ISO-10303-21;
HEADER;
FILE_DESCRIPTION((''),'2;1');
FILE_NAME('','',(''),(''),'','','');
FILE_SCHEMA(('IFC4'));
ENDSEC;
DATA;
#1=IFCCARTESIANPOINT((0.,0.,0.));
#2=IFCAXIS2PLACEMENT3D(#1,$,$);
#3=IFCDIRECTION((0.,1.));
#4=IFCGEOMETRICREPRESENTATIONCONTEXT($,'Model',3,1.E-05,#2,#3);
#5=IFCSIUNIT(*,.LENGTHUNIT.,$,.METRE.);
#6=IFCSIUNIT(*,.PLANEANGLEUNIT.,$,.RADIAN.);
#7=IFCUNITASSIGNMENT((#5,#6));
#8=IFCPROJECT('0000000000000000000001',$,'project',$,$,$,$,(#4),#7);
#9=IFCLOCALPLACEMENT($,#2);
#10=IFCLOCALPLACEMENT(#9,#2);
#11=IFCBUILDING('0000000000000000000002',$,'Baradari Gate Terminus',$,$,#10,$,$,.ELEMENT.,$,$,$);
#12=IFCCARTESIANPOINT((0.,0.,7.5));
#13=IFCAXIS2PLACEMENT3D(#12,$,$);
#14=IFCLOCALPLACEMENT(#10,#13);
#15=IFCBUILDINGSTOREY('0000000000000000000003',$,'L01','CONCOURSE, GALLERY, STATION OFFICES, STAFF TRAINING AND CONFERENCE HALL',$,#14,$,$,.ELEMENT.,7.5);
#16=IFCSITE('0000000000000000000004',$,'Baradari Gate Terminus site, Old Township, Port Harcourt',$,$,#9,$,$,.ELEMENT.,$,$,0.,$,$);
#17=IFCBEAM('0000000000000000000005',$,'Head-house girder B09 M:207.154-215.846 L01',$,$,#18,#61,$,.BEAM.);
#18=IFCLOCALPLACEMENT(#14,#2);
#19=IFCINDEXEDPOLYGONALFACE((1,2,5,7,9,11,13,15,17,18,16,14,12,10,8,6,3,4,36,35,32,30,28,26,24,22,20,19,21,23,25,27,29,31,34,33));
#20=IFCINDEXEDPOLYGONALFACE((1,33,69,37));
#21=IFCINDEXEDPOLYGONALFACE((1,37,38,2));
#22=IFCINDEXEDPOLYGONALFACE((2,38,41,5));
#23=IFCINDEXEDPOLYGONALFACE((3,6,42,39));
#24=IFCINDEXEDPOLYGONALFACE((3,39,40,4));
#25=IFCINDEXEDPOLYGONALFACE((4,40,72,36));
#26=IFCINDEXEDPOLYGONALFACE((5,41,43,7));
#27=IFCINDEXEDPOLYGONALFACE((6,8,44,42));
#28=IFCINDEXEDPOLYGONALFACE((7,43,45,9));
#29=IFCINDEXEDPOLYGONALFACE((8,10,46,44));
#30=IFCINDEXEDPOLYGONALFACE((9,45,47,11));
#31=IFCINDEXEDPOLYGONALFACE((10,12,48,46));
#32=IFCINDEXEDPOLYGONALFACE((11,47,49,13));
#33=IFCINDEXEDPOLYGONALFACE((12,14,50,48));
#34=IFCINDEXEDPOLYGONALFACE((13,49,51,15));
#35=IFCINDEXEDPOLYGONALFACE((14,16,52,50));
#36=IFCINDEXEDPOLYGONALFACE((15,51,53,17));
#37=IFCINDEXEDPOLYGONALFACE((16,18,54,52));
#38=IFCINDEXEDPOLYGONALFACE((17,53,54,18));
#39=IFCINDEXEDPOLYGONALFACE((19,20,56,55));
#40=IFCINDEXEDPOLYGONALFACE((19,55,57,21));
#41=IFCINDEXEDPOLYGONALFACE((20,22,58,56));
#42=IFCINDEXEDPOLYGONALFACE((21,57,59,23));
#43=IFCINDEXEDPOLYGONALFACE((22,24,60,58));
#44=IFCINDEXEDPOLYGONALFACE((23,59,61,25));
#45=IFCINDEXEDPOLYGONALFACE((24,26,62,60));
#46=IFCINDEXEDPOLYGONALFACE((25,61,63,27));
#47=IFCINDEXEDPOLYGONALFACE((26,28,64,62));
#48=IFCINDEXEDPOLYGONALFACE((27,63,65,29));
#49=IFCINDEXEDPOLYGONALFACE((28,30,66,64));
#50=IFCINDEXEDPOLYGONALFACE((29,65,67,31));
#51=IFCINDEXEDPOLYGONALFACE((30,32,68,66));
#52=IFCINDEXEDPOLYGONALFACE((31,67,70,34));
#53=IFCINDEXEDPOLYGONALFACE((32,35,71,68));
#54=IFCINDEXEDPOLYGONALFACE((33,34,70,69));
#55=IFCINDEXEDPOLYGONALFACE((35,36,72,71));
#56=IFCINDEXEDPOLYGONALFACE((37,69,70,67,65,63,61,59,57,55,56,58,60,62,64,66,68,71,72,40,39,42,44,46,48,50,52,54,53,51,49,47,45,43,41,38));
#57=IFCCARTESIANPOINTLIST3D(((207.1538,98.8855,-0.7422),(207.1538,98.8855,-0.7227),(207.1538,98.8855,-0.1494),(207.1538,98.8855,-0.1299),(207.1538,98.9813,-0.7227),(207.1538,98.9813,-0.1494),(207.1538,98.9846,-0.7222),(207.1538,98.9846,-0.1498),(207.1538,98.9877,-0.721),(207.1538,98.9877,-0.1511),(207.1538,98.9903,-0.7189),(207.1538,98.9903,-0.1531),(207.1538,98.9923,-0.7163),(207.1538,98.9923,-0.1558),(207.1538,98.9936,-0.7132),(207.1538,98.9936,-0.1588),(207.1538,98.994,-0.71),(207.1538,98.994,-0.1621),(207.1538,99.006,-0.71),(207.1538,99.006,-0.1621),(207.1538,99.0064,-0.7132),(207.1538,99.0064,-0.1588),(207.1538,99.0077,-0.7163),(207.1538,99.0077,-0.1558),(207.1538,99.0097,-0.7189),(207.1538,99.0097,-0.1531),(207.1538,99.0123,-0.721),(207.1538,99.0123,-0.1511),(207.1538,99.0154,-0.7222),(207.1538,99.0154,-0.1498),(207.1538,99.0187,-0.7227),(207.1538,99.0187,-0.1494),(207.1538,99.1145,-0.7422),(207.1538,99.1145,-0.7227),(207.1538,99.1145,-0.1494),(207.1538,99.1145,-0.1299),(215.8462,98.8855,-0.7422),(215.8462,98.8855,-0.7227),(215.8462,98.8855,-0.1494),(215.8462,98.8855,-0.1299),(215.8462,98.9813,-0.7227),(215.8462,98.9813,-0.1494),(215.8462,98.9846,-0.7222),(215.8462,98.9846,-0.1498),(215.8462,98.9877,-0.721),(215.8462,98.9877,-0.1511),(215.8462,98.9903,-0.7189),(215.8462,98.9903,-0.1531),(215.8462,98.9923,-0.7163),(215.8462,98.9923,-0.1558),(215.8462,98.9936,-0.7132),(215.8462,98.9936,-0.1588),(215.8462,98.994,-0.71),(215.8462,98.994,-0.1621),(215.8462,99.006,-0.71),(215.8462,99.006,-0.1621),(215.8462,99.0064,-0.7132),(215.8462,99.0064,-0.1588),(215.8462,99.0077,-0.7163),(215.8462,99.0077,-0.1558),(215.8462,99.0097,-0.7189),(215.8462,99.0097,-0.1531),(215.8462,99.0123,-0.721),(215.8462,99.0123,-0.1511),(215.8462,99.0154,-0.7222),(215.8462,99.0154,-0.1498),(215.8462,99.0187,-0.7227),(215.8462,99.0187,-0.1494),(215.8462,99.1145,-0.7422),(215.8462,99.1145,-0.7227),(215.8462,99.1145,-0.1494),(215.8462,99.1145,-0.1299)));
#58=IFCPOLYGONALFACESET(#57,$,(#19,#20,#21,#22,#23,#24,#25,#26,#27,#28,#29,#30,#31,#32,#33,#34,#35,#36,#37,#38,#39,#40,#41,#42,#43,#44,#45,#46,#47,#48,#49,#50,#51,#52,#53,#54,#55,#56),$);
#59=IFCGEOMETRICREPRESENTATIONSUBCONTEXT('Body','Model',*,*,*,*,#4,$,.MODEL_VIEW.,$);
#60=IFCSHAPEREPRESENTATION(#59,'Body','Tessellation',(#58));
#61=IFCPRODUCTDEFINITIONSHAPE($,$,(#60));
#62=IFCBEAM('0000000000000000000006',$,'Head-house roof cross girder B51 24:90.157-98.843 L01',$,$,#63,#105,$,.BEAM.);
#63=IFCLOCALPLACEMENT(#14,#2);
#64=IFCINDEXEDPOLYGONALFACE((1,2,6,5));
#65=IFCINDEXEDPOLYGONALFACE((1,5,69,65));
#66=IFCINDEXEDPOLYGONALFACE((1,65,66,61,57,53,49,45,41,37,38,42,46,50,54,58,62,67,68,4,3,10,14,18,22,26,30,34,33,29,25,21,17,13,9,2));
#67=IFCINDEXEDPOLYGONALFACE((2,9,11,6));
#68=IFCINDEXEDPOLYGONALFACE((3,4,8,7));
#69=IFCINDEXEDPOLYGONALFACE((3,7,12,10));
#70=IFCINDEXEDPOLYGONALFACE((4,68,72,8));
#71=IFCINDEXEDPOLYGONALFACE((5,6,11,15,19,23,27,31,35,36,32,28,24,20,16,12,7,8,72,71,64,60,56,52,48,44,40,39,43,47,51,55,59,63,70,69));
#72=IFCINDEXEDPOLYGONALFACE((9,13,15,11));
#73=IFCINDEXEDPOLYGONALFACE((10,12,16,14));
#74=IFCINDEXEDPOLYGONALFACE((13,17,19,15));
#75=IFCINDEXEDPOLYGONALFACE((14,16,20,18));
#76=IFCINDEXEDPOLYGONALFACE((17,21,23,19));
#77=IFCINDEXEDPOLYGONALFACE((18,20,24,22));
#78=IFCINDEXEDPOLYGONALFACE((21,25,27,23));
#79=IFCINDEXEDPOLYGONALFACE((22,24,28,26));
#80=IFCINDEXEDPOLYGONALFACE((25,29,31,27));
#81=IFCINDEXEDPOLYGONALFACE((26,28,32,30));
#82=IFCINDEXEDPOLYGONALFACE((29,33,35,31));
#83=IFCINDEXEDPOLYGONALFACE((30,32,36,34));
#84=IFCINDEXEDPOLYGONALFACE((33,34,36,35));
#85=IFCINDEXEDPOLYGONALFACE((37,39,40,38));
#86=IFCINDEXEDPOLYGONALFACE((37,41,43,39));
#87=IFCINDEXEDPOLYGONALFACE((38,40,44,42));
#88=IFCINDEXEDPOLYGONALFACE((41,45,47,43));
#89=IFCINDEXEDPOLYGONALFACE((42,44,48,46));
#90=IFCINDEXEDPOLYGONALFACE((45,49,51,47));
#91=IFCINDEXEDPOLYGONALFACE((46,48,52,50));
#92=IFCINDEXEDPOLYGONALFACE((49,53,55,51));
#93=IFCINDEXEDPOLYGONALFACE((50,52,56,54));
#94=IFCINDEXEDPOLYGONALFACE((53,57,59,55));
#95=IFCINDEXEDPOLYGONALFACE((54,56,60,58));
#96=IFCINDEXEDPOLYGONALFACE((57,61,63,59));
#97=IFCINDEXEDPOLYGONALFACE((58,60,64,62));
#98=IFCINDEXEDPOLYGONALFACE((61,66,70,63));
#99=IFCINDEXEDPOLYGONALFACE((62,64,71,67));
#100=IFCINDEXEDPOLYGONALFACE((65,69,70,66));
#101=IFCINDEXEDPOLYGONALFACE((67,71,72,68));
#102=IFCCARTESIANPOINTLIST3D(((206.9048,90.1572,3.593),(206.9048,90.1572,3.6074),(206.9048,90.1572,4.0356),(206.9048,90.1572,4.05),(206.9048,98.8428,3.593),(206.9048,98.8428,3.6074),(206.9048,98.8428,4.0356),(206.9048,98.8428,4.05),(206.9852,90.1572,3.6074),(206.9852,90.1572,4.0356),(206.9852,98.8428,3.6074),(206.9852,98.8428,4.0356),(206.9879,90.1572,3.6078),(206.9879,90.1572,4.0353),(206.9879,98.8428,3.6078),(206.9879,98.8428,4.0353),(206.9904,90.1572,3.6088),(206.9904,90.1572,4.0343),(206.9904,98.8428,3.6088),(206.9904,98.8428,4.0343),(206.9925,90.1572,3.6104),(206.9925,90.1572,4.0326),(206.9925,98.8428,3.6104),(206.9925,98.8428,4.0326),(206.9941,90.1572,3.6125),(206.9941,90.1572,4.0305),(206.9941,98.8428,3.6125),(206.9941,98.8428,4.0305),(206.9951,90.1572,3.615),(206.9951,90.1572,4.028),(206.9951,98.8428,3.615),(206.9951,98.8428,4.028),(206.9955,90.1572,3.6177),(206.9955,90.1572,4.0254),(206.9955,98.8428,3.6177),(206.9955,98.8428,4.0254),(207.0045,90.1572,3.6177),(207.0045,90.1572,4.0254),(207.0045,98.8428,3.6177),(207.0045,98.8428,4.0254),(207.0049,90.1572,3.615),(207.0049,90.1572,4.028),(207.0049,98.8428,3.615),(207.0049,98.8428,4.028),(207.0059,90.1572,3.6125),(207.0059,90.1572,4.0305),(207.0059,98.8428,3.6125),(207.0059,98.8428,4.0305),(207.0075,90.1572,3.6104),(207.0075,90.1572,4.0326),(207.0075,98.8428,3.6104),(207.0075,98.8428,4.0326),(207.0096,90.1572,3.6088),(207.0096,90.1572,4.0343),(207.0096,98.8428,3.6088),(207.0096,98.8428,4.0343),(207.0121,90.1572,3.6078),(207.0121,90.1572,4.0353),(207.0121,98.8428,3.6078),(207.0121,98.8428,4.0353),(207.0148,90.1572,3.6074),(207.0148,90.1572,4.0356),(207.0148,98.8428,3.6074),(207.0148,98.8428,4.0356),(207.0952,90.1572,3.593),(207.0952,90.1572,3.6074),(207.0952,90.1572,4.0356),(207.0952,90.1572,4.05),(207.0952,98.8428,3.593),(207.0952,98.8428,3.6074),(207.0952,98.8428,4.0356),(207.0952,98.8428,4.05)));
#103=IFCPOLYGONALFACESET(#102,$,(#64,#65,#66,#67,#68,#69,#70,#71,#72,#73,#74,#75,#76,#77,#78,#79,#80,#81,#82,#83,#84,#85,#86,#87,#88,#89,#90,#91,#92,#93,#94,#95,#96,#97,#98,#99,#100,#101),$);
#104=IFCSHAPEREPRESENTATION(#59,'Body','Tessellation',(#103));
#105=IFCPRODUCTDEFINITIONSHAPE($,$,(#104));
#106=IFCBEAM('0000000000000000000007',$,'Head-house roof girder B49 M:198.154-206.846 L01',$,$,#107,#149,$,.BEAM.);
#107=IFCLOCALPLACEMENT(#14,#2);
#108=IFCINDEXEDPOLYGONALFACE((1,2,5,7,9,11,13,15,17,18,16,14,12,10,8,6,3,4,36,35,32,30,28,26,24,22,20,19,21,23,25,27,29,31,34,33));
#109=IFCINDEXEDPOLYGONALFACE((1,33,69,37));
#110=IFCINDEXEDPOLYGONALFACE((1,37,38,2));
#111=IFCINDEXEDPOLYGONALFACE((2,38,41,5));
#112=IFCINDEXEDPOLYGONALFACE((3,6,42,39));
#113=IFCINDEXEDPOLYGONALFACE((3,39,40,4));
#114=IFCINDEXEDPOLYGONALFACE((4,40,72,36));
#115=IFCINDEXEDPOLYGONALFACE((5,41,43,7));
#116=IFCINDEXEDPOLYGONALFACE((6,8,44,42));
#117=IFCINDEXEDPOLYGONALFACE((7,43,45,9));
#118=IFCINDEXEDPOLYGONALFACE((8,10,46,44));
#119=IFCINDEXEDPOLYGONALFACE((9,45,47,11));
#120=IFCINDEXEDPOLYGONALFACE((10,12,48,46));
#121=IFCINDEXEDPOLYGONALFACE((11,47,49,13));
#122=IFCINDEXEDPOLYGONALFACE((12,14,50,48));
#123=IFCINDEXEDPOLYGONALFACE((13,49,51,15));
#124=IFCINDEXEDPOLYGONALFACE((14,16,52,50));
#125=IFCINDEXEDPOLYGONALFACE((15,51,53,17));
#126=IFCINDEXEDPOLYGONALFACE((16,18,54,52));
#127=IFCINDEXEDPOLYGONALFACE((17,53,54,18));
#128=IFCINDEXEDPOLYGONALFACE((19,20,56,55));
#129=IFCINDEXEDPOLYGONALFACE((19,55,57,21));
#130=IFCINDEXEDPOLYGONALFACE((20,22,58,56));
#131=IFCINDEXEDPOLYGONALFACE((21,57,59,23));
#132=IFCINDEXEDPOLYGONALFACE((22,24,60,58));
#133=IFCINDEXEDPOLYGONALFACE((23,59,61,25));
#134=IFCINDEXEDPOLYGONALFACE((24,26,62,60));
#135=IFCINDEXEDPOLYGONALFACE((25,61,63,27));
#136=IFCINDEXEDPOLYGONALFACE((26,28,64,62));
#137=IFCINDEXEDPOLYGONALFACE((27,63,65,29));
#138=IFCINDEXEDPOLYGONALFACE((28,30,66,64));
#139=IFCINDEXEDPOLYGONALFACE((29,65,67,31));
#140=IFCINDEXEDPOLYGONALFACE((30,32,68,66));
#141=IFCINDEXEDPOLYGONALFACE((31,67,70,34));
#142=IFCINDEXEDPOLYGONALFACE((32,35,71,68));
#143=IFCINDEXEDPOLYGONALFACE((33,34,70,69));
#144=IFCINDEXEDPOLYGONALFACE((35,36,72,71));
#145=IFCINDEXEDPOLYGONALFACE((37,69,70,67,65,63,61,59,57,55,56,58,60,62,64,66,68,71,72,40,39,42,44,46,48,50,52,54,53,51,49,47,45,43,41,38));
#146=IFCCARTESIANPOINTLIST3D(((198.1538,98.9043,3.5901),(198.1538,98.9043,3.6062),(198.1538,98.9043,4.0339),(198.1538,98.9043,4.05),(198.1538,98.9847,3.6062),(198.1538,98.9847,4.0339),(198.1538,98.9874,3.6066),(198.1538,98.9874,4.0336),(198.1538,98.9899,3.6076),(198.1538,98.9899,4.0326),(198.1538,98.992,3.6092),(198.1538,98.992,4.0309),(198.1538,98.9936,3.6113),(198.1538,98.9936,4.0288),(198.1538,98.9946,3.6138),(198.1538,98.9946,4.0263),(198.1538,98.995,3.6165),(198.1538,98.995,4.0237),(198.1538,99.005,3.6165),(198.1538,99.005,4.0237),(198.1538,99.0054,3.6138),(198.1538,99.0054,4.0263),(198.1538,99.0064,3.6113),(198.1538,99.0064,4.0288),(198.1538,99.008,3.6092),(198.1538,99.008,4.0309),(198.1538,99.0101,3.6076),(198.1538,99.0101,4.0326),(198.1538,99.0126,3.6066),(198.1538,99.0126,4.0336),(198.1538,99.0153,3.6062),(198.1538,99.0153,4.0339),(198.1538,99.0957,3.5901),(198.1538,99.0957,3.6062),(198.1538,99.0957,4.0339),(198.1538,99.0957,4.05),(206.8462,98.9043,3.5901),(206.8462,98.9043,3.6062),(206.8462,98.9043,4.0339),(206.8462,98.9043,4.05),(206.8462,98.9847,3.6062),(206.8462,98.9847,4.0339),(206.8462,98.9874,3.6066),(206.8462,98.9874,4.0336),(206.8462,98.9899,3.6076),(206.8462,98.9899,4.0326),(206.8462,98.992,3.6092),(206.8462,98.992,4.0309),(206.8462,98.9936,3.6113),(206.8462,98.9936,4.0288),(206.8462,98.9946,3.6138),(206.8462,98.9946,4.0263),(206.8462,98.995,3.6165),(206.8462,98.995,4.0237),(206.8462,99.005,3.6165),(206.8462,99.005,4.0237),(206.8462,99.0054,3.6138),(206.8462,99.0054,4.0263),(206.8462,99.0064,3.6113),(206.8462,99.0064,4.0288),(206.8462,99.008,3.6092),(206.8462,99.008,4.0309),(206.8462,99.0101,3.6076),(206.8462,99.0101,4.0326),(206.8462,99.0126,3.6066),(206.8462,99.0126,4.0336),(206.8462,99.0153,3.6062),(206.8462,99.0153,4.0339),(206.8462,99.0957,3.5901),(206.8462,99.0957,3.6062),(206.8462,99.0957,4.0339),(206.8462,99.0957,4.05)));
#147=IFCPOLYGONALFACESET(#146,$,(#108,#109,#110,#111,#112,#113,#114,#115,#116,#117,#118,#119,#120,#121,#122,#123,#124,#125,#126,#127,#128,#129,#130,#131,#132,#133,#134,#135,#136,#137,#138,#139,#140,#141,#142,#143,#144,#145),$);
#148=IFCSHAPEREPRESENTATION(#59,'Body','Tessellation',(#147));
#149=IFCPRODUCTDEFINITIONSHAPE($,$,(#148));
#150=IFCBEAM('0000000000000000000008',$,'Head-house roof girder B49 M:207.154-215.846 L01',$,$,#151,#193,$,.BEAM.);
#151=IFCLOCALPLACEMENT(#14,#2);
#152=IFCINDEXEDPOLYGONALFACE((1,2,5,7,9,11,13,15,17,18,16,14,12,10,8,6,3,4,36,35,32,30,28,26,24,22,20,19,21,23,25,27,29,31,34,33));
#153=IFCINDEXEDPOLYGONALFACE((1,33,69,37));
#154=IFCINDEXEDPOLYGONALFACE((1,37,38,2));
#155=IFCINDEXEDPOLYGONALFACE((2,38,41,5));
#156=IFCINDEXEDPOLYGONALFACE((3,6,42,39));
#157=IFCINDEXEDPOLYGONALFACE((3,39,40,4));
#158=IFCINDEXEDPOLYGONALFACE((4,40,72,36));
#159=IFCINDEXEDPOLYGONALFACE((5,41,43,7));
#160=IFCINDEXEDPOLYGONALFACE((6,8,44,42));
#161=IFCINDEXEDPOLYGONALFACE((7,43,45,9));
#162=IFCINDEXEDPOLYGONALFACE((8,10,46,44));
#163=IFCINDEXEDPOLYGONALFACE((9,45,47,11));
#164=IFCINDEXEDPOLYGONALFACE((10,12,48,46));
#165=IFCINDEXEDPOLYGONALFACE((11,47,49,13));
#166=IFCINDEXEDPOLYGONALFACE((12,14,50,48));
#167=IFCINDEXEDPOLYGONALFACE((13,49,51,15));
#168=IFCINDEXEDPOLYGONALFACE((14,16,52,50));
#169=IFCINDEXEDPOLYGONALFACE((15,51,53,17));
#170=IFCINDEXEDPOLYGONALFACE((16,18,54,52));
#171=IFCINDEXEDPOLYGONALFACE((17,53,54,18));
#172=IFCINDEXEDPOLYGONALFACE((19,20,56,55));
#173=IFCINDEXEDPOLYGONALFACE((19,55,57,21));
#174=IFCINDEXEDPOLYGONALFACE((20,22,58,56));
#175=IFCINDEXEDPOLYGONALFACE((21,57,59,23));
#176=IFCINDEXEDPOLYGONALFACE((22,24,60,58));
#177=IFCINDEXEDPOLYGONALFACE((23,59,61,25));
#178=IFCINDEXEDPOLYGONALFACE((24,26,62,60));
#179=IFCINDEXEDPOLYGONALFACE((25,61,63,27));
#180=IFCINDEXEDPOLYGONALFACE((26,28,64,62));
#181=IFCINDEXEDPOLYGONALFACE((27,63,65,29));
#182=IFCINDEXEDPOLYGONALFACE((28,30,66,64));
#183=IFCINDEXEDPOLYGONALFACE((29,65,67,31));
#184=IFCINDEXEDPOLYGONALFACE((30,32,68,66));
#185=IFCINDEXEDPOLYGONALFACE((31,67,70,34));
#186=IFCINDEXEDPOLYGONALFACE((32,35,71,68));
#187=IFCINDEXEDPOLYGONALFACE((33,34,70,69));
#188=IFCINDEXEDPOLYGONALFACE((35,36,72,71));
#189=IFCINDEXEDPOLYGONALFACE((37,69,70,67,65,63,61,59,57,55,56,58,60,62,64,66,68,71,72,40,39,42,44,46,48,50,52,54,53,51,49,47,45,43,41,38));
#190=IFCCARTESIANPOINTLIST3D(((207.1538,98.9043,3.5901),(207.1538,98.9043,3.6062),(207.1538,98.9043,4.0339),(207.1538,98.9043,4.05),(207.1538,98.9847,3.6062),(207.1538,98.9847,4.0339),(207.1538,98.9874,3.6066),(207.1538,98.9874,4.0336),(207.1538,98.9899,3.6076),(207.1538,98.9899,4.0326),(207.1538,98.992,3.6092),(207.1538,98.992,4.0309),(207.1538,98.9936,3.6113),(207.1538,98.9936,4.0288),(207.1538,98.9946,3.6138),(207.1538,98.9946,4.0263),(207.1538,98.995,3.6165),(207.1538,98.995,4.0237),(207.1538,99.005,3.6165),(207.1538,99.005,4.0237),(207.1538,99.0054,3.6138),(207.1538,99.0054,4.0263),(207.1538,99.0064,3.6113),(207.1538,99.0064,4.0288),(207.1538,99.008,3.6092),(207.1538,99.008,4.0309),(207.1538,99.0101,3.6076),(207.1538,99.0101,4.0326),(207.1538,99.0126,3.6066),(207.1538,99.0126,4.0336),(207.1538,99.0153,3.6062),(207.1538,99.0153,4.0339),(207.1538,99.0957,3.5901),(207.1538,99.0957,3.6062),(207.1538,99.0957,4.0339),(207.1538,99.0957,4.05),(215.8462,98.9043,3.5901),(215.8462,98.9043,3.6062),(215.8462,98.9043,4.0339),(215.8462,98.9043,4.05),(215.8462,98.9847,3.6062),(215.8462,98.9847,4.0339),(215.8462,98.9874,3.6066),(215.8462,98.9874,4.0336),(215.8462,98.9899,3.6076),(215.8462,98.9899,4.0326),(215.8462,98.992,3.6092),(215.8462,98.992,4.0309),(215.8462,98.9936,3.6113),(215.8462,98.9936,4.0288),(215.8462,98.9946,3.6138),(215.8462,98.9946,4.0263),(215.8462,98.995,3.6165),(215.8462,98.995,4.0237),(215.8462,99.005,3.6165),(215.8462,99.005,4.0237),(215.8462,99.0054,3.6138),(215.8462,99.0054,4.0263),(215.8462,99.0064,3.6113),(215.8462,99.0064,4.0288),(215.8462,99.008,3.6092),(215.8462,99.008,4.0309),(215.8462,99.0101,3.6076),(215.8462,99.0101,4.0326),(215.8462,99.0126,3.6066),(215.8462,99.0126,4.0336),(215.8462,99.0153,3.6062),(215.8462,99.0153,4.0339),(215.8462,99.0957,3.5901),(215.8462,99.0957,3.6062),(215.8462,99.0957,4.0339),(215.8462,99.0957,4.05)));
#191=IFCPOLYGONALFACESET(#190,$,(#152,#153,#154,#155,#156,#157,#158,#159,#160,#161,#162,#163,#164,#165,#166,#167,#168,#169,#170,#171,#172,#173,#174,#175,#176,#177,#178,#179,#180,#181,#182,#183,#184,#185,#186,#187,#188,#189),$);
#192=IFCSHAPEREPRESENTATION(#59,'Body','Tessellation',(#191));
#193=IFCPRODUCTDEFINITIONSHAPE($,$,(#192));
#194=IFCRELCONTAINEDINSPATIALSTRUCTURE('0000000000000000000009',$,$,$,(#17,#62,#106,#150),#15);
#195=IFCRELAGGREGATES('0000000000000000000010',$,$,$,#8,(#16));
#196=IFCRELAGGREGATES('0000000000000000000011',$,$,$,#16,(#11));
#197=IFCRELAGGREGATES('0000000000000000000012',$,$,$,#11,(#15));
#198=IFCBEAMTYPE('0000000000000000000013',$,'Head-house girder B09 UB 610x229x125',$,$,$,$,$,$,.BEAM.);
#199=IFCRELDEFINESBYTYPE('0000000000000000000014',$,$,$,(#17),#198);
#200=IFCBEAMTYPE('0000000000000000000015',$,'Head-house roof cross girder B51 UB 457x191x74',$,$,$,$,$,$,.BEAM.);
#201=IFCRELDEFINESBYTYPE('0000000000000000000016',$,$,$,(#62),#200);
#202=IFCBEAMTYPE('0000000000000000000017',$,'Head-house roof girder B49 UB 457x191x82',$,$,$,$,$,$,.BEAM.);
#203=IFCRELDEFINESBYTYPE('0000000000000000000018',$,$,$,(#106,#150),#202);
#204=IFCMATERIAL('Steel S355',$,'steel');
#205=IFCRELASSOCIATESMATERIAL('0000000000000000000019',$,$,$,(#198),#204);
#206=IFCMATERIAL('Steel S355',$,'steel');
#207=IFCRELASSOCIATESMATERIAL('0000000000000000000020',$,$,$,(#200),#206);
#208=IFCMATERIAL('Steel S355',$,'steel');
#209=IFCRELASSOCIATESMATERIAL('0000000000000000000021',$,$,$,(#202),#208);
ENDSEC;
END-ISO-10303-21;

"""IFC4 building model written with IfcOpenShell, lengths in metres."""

from ifc_helpers import new_model, si_unit, direction, frame, origin, origin_2d, place, context, subcontext, project, spatial, i_section, extrude, material, material_profile, profile_set, type_object, element, save


model = new_model("IFC4")

# Units and contexts
model_context = context("Model", 3, precision=1e-05, world=origin(), true_north=direction((0.0, 1.0)))
body_context = subcontext(model_context, "Body", "Model", "MODEL_VIEW")
ifc_project = project(units=[si_unit("LENGTHUNIT", "METRE"), si_unit("PLANEANGLEUNIT", "RADIAN")], contexts=[model_context])

# Site, building, storey
site_placement = place(None, origin())
site = spatial("IfcSite", under=ifc_project, at=site_placement, Name="Baradari Gate Terminus site, Old Township, Port Harcourt", CompositionType="ELEMENT", RefElevation=0.0)
building_placement = place(site_placement, origin())
building = spatial("IfcBuilding", under=site, at=building_placement, Name="Baradari Gate Terminus", CompositionType="ELEMENT")
storey_placement = place(building_placement, frame((0.0, 0.0, 7.5)))
storey = spatial("IfcBuildingStorey", under=building, at=storey_placement, Name="L01", Description="CONCOURSE, GALLERY, STATION OFFICES, STAFF TRAINING AND CONFERENCE HALL", CompositionType="ELEMENT", Elevation=7.5)

# Beams
ifc_material_1 = material(Name="Steel S355", Category="steel")
ifc_material_profile_1 = material_profile(ifc_material_1, i_section(OverallWidth=0.229, OverallDepth=0.6123, WebThickness=0.012, FlangeThickness=0.0195, FilletRadius=0.0127, at=origin_2d()), Name="UB 610x229x125")
ifc_profile_set_1 = profile_set([ifc_material_profile_1], Name="Steel S355")
beam_type_1 = type_object("IfcBeamType", Name="Head-house girder B09 UB 610x229x125", PredefinedType="BEAM", material=ifc_profile_set_1)
for number, where, z_axis, x_axis, name in (
    (1, (207.1538, 99.0, -0.436), (1.0, 0.0, 0.0), (0.0, 1.0, 0.0), "Head-house girder B09 M:207.154-215.846 L01"),
):
    element("IfcBeam", number, at=place(storey_placement, frame(where, z_axis=z_axis, x_axis=x_axis)), inside=storey, type_object=beam_type_1, Name=name, PredefinedType="BEAM", context=body_context, shape_type="SweptSolid", body=[
        extrude(i_section(OverallWidth=0.229, OverallDepth=0.6123, WebThickness=0.012, FlangeThickness=0.0195, FilletRadius=0.0127, at=origin_2d()), origin(), (0.0, 0.0, 1.0), 8.6924),
    ])
ifc_material_2 = material(Name="Steel S355", Category="steel")
ifc_material_profile_2 = material_profile(ifc_material_2, i_section(OverallWidth=0.1904, OverallDepth=0.457, WebThickness=0.009, FlangeThickness=0.0144, FilletRadius=0.0103, at=origin_2d()), Name="UB 457x191x74")
ifc_profile_set_2 = profile_set([ifc_material_profile_2], Name="Steel S355")
beam_type_2 = type_object("IfcBeamType", Name="Head-house roof cross girder B51 UB 457x191x74", PredefinedType="BEAM", material=ifc_profile_set_2)
beam_1_placement = place(storey_placement, frame((207.0, 90.1572, 3.8215), z_axis=(0.0, 1.0, 0.0), x_axis=(-1.0, 0.0, 0.0)))
element("IfcBeam", 2, at=beam_1_placement, inside=storey, type_object=beam_type_2, Name="Head-house roof cross girder B51 24:90.157-98.843 L01", PredefinedType="BEAM", context=body_context, shape_type="SweptSolid", body=[
    extrude(i_section(OverallWidth=0.1904, OverallDepth=0.457, WebThickness=0.009, FlangeThickness=0.0144, FilletRadius=0.0103, at=origin_2d()), origin(), (0.0, 0.0, 1.0), 8.6855),
])
ifc_material_3 = material(Name="Steel S355", Category="steel")
ifc_material_profile_3 = material_profile(ifc_material_3, i_section(OverallWidth=0.1914, OverallDepth=0.46, WebThickness=0.01, FlangeThickness=0.0161, FilletRadius=0.0103, at=origin_2d()), Name="UB 457x191x82")
ifc_profile_set_3 = profile_set([ifc_material_profile_3], Name="Steel S355")
beam_type_3 = type_object("IfcBeamType", Name="Head-house roof girder B49 UB 457x191x82", PredefinedType="BEAM", material=ifc_profile_set_3)
for number, where, z_axis, x_axis, name in (
    (3, (198.1538, 99.0, 3.8201), (1.0, 0.0, 0.0), (0.0, 1.0, 0.0), "Head-house roof girder B49 M:198.154-206.846 L01"),
    (4, (207.1538, 99.0, 3.8201), (1.0, 0.0, 0.0), (0.0, 1.0, 0.0), "Head-house roof girder B49 M:207.154-215.846 L01"),
):
    element("IfcBeam", number, at=place(storey_placement, frame(where, z_axis=z_axis, x_axis=x_axis)), inside=storey, type_object=beam_type_3, Name=name, PredefinedType="BEAM", context=body_context, shape_type="SweptSolid", body=[
        extrude(i_section(OverallWidth=0.1914, OverallDepth=0.46, WebThickness=0.01, FlangeThickness=0.0161, FilletRadius=0.0103, at=origin_2d()), origin(), (0.0, 0.0, 1.0), 8.6924),
    ])

save(model, "model.ifc")
